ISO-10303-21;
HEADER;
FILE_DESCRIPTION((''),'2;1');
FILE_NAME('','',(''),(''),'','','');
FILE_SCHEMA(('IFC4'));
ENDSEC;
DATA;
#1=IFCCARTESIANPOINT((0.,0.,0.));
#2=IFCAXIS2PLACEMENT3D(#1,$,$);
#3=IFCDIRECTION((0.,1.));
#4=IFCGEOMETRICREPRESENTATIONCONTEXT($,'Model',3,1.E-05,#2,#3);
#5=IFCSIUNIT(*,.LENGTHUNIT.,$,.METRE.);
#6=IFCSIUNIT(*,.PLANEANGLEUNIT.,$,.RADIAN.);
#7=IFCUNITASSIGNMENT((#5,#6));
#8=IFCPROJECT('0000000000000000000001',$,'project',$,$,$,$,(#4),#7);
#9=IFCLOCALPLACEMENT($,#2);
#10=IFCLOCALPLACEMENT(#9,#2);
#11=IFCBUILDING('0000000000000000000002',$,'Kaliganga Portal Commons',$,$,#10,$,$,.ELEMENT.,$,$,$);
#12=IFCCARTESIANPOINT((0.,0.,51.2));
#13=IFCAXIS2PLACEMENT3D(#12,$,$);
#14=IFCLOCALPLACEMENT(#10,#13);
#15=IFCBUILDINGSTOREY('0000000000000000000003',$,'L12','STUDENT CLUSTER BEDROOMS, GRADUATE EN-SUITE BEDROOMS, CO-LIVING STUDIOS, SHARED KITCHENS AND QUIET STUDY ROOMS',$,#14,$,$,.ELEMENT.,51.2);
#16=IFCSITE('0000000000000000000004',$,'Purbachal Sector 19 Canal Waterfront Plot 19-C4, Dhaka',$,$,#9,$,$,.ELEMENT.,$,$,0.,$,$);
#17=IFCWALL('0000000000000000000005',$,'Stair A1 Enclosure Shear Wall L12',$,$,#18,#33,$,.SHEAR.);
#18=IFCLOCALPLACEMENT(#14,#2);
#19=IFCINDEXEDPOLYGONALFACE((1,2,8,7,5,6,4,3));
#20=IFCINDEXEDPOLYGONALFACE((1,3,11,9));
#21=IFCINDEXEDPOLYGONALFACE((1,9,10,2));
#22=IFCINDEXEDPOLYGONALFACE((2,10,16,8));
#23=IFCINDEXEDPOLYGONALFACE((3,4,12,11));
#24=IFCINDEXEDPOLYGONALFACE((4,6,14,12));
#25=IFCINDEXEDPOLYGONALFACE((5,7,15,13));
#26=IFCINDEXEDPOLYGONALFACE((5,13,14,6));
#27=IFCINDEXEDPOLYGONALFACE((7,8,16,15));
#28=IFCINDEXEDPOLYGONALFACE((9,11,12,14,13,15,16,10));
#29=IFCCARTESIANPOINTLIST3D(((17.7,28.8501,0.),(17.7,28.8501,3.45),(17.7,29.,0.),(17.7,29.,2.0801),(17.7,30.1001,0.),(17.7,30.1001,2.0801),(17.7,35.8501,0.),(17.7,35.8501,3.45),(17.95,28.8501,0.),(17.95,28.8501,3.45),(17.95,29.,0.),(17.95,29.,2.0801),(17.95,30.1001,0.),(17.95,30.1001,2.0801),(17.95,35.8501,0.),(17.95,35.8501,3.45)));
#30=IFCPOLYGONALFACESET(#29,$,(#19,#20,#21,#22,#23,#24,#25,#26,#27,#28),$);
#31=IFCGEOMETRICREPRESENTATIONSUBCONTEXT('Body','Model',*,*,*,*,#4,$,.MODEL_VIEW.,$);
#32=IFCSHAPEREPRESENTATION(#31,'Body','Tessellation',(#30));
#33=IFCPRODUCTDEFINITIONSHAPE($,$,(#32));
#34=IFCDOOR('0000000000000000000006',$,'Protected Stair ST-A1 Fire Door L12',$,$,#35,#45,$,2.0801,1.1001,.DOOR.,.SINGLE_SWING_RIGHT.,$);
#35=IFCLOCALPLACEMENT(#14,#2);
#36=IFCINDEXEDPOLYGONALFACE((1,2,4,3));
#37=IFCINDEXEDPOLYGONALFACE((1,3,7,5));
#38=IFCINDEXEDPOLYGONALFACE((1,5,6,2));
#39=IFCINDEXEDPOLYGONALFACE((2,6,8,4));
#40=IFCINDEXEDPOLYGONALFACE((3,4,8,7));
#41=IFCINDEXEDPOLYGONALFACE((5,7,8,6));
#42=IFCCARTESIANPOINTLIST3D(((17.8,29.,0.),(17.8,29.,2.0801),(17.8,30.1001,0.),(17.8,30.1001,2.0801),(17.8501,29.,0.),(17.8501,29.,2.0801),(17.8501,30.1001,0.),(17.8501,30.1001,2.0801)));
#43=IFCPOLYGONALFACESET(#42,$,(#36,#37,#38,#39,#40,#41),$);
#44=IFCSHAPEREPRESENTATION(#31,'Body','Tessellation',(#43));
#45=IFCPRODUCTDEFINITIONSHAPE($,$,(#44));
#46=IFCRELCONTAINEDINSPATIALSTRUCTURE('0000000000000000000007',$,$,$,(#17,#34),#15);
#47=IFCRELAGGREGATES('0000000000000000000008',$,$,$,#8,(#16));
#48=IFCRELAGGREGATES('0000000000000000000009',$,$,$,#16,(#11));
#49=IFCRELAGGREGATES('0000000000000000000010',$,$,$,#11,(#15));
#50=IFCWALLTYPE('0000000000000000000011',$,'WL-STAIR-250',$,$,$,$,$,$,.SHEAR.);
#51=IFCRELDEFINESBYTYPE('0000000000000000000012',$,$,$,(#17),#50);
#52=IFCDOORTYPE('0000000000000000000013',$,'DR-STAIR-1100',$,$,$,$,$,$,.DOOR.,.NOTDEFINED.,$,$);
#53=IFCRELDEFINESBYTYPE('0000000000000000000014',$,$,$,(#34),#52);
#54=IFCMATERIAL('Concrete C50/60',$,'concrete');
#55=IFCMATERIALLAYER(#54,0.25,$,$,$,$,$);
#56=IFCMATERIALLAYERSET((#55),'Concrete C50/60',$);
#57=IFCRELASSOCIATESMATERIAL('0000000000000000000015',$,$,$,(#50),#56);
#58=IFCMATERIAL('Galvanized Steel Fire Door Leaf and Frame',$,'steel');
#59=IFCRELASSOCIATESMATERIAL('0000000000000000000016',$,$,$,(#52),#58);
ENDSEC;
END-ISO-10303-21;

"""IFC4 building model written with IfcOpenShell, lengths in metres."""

from ifc_helpers import new_model, si_unit, direction, frame, frame_2d, origin, place, context, subcontext, project, spatial, rectangle, extrude, material, layer, layer_set, type_object, element, fill, save


model = new_model("IFC4")

# Units and contexts
model_context = context("Model", 3, precision=1e-05, world=origin(), true_north=direction((0.0, 1.0)))
body_context = subcontext(model_context, "Body", "Model", "MODEL_VIEW")
ifc_project = project(units=[si_unit("LENGTHUNIT", "METRE"), si_unit("PLANEANGLEUNIT", "RADIAN")], contexts=[model_context])

# Site, building, storey
site_placement = place(None, origin())
site = spatial("IfcSite", under=ifc_project, at=site_placement, Name="Purbachal Sector 19 Canal Waterfront Plot 19-C4, Dhaka", CompositionType="ELEMENT", RefElevation=0.0)
building_placement = place(site_placement, origin())
building = spatial("IfcBuilding", under=site, at=building_placement, Name="Kaliganga Portal Commons", CompositionType="ELEMENT")
storey_placement = place(building_placement, frame((0.0, 0.0, 51.2)))
storey = spatial("IfcBuildingStorey", under=building, at=storey_placement, Name="L12", Description="STUDENT CLUSTER BEDROOMS, GRADUATE EN-SUITE BEDROOMS, CO-LIVING STUDIOS, SHARED KITCHENS AND QUIET STUDY ROOMS", CompositionType="ELEMENT", Elevation=51.2)

# Wall, opening, door
ifc_material_1 = material(Name="Concrete C50/60", Category="concrete")
ifc_layer_1 = layer(ifc_material_1, 0.25)
ifc_layer_set_1 = layer_set([ifc_layer_1], Name="Concrete C50/60")
wall_type_1 = type_object("IfcWallType", Name="WL-STAIR-250", PredefinedType="SHEAR", material=ifc_layer_set_1)
wall_1_placement = place(storey_placement, frame((17.825, 28.8501, 0.0), z_axis=(0.0, 0.0, 1.0), x_axis=(0.0, 1.0, 0.0)))
wall_1 = element("IfcWall", 1, at=wall_1_placement, inside=storey, type_object=wall_type_1, Name="Stair A1 Enclosure Shear Wall L12", PredefinedType="SHEAR", context=body_context, shape_type="SweptSolid", body=[
    extrude(rectangle(XDim=7.0, YDim=0.25, at=frame_2d((3.5, 0.0))), origin(), (0.0, 0.0, 1.0), 3.45),
])
opening_1_placement = place(wall_1_placement, frame((0.1499, 0.0, 0.0)))
opening_1 = element("IfcOpeningElement", 2, at=opening_1_placement, cuts=wall_1, PredefinedType="OPENING", context=body_context, shape_type="SweptSolid", body=[
    extrude(rectangle(XDim=1.1001, YDim=2.0801, at=frame_2d((0.55, 1.04))), frame((0.0, 0.135, 0.0), z_axis=(0.0, -1.0, 0.0), x_axis=(1.0, 0.0, 0.0)), (0.0, 0.0, 1.0), 0.27),
])
ifc_material_2 = material(Name="Galvanized Steel Fire Door Leaf and Frame", Category="steel")
door_type_1 = type_object("IfcDoorType", Name="DR-STAIR-1100", OperationType="NOTDEFINED", PredefinedType="DOOR", material=ifc_material_2)
door_1_placement = place(opening_1_placement, origin())
door_1 = element("IfcDoor", 3, at=door_1_placement, inside=storey, type_object=door_type_1, Name="Protected Stair ST-A1 Fire Door L12", OperationType="SINGLE_SWING_RIGHT", OverallHeight=2.0801, OverallWidth=1.1001, PredefinedType="DOOR", context=body_context, shape_type="SweptSolid", body=[
    extrude(rectangle(XDim=1.1001, YDim=2.0801, at=frame_2d((0.55, 1.04))), frame((0.0, 0.0249, 0.0), z_axis=(0.0, -1.0, 0.0), x_axis=(1.0, 0.0, 0.0)), (0.0, 0.0, 1.0), 0.05),
])
fill(opening_1, door_1)

save(model, "model.ifc")
